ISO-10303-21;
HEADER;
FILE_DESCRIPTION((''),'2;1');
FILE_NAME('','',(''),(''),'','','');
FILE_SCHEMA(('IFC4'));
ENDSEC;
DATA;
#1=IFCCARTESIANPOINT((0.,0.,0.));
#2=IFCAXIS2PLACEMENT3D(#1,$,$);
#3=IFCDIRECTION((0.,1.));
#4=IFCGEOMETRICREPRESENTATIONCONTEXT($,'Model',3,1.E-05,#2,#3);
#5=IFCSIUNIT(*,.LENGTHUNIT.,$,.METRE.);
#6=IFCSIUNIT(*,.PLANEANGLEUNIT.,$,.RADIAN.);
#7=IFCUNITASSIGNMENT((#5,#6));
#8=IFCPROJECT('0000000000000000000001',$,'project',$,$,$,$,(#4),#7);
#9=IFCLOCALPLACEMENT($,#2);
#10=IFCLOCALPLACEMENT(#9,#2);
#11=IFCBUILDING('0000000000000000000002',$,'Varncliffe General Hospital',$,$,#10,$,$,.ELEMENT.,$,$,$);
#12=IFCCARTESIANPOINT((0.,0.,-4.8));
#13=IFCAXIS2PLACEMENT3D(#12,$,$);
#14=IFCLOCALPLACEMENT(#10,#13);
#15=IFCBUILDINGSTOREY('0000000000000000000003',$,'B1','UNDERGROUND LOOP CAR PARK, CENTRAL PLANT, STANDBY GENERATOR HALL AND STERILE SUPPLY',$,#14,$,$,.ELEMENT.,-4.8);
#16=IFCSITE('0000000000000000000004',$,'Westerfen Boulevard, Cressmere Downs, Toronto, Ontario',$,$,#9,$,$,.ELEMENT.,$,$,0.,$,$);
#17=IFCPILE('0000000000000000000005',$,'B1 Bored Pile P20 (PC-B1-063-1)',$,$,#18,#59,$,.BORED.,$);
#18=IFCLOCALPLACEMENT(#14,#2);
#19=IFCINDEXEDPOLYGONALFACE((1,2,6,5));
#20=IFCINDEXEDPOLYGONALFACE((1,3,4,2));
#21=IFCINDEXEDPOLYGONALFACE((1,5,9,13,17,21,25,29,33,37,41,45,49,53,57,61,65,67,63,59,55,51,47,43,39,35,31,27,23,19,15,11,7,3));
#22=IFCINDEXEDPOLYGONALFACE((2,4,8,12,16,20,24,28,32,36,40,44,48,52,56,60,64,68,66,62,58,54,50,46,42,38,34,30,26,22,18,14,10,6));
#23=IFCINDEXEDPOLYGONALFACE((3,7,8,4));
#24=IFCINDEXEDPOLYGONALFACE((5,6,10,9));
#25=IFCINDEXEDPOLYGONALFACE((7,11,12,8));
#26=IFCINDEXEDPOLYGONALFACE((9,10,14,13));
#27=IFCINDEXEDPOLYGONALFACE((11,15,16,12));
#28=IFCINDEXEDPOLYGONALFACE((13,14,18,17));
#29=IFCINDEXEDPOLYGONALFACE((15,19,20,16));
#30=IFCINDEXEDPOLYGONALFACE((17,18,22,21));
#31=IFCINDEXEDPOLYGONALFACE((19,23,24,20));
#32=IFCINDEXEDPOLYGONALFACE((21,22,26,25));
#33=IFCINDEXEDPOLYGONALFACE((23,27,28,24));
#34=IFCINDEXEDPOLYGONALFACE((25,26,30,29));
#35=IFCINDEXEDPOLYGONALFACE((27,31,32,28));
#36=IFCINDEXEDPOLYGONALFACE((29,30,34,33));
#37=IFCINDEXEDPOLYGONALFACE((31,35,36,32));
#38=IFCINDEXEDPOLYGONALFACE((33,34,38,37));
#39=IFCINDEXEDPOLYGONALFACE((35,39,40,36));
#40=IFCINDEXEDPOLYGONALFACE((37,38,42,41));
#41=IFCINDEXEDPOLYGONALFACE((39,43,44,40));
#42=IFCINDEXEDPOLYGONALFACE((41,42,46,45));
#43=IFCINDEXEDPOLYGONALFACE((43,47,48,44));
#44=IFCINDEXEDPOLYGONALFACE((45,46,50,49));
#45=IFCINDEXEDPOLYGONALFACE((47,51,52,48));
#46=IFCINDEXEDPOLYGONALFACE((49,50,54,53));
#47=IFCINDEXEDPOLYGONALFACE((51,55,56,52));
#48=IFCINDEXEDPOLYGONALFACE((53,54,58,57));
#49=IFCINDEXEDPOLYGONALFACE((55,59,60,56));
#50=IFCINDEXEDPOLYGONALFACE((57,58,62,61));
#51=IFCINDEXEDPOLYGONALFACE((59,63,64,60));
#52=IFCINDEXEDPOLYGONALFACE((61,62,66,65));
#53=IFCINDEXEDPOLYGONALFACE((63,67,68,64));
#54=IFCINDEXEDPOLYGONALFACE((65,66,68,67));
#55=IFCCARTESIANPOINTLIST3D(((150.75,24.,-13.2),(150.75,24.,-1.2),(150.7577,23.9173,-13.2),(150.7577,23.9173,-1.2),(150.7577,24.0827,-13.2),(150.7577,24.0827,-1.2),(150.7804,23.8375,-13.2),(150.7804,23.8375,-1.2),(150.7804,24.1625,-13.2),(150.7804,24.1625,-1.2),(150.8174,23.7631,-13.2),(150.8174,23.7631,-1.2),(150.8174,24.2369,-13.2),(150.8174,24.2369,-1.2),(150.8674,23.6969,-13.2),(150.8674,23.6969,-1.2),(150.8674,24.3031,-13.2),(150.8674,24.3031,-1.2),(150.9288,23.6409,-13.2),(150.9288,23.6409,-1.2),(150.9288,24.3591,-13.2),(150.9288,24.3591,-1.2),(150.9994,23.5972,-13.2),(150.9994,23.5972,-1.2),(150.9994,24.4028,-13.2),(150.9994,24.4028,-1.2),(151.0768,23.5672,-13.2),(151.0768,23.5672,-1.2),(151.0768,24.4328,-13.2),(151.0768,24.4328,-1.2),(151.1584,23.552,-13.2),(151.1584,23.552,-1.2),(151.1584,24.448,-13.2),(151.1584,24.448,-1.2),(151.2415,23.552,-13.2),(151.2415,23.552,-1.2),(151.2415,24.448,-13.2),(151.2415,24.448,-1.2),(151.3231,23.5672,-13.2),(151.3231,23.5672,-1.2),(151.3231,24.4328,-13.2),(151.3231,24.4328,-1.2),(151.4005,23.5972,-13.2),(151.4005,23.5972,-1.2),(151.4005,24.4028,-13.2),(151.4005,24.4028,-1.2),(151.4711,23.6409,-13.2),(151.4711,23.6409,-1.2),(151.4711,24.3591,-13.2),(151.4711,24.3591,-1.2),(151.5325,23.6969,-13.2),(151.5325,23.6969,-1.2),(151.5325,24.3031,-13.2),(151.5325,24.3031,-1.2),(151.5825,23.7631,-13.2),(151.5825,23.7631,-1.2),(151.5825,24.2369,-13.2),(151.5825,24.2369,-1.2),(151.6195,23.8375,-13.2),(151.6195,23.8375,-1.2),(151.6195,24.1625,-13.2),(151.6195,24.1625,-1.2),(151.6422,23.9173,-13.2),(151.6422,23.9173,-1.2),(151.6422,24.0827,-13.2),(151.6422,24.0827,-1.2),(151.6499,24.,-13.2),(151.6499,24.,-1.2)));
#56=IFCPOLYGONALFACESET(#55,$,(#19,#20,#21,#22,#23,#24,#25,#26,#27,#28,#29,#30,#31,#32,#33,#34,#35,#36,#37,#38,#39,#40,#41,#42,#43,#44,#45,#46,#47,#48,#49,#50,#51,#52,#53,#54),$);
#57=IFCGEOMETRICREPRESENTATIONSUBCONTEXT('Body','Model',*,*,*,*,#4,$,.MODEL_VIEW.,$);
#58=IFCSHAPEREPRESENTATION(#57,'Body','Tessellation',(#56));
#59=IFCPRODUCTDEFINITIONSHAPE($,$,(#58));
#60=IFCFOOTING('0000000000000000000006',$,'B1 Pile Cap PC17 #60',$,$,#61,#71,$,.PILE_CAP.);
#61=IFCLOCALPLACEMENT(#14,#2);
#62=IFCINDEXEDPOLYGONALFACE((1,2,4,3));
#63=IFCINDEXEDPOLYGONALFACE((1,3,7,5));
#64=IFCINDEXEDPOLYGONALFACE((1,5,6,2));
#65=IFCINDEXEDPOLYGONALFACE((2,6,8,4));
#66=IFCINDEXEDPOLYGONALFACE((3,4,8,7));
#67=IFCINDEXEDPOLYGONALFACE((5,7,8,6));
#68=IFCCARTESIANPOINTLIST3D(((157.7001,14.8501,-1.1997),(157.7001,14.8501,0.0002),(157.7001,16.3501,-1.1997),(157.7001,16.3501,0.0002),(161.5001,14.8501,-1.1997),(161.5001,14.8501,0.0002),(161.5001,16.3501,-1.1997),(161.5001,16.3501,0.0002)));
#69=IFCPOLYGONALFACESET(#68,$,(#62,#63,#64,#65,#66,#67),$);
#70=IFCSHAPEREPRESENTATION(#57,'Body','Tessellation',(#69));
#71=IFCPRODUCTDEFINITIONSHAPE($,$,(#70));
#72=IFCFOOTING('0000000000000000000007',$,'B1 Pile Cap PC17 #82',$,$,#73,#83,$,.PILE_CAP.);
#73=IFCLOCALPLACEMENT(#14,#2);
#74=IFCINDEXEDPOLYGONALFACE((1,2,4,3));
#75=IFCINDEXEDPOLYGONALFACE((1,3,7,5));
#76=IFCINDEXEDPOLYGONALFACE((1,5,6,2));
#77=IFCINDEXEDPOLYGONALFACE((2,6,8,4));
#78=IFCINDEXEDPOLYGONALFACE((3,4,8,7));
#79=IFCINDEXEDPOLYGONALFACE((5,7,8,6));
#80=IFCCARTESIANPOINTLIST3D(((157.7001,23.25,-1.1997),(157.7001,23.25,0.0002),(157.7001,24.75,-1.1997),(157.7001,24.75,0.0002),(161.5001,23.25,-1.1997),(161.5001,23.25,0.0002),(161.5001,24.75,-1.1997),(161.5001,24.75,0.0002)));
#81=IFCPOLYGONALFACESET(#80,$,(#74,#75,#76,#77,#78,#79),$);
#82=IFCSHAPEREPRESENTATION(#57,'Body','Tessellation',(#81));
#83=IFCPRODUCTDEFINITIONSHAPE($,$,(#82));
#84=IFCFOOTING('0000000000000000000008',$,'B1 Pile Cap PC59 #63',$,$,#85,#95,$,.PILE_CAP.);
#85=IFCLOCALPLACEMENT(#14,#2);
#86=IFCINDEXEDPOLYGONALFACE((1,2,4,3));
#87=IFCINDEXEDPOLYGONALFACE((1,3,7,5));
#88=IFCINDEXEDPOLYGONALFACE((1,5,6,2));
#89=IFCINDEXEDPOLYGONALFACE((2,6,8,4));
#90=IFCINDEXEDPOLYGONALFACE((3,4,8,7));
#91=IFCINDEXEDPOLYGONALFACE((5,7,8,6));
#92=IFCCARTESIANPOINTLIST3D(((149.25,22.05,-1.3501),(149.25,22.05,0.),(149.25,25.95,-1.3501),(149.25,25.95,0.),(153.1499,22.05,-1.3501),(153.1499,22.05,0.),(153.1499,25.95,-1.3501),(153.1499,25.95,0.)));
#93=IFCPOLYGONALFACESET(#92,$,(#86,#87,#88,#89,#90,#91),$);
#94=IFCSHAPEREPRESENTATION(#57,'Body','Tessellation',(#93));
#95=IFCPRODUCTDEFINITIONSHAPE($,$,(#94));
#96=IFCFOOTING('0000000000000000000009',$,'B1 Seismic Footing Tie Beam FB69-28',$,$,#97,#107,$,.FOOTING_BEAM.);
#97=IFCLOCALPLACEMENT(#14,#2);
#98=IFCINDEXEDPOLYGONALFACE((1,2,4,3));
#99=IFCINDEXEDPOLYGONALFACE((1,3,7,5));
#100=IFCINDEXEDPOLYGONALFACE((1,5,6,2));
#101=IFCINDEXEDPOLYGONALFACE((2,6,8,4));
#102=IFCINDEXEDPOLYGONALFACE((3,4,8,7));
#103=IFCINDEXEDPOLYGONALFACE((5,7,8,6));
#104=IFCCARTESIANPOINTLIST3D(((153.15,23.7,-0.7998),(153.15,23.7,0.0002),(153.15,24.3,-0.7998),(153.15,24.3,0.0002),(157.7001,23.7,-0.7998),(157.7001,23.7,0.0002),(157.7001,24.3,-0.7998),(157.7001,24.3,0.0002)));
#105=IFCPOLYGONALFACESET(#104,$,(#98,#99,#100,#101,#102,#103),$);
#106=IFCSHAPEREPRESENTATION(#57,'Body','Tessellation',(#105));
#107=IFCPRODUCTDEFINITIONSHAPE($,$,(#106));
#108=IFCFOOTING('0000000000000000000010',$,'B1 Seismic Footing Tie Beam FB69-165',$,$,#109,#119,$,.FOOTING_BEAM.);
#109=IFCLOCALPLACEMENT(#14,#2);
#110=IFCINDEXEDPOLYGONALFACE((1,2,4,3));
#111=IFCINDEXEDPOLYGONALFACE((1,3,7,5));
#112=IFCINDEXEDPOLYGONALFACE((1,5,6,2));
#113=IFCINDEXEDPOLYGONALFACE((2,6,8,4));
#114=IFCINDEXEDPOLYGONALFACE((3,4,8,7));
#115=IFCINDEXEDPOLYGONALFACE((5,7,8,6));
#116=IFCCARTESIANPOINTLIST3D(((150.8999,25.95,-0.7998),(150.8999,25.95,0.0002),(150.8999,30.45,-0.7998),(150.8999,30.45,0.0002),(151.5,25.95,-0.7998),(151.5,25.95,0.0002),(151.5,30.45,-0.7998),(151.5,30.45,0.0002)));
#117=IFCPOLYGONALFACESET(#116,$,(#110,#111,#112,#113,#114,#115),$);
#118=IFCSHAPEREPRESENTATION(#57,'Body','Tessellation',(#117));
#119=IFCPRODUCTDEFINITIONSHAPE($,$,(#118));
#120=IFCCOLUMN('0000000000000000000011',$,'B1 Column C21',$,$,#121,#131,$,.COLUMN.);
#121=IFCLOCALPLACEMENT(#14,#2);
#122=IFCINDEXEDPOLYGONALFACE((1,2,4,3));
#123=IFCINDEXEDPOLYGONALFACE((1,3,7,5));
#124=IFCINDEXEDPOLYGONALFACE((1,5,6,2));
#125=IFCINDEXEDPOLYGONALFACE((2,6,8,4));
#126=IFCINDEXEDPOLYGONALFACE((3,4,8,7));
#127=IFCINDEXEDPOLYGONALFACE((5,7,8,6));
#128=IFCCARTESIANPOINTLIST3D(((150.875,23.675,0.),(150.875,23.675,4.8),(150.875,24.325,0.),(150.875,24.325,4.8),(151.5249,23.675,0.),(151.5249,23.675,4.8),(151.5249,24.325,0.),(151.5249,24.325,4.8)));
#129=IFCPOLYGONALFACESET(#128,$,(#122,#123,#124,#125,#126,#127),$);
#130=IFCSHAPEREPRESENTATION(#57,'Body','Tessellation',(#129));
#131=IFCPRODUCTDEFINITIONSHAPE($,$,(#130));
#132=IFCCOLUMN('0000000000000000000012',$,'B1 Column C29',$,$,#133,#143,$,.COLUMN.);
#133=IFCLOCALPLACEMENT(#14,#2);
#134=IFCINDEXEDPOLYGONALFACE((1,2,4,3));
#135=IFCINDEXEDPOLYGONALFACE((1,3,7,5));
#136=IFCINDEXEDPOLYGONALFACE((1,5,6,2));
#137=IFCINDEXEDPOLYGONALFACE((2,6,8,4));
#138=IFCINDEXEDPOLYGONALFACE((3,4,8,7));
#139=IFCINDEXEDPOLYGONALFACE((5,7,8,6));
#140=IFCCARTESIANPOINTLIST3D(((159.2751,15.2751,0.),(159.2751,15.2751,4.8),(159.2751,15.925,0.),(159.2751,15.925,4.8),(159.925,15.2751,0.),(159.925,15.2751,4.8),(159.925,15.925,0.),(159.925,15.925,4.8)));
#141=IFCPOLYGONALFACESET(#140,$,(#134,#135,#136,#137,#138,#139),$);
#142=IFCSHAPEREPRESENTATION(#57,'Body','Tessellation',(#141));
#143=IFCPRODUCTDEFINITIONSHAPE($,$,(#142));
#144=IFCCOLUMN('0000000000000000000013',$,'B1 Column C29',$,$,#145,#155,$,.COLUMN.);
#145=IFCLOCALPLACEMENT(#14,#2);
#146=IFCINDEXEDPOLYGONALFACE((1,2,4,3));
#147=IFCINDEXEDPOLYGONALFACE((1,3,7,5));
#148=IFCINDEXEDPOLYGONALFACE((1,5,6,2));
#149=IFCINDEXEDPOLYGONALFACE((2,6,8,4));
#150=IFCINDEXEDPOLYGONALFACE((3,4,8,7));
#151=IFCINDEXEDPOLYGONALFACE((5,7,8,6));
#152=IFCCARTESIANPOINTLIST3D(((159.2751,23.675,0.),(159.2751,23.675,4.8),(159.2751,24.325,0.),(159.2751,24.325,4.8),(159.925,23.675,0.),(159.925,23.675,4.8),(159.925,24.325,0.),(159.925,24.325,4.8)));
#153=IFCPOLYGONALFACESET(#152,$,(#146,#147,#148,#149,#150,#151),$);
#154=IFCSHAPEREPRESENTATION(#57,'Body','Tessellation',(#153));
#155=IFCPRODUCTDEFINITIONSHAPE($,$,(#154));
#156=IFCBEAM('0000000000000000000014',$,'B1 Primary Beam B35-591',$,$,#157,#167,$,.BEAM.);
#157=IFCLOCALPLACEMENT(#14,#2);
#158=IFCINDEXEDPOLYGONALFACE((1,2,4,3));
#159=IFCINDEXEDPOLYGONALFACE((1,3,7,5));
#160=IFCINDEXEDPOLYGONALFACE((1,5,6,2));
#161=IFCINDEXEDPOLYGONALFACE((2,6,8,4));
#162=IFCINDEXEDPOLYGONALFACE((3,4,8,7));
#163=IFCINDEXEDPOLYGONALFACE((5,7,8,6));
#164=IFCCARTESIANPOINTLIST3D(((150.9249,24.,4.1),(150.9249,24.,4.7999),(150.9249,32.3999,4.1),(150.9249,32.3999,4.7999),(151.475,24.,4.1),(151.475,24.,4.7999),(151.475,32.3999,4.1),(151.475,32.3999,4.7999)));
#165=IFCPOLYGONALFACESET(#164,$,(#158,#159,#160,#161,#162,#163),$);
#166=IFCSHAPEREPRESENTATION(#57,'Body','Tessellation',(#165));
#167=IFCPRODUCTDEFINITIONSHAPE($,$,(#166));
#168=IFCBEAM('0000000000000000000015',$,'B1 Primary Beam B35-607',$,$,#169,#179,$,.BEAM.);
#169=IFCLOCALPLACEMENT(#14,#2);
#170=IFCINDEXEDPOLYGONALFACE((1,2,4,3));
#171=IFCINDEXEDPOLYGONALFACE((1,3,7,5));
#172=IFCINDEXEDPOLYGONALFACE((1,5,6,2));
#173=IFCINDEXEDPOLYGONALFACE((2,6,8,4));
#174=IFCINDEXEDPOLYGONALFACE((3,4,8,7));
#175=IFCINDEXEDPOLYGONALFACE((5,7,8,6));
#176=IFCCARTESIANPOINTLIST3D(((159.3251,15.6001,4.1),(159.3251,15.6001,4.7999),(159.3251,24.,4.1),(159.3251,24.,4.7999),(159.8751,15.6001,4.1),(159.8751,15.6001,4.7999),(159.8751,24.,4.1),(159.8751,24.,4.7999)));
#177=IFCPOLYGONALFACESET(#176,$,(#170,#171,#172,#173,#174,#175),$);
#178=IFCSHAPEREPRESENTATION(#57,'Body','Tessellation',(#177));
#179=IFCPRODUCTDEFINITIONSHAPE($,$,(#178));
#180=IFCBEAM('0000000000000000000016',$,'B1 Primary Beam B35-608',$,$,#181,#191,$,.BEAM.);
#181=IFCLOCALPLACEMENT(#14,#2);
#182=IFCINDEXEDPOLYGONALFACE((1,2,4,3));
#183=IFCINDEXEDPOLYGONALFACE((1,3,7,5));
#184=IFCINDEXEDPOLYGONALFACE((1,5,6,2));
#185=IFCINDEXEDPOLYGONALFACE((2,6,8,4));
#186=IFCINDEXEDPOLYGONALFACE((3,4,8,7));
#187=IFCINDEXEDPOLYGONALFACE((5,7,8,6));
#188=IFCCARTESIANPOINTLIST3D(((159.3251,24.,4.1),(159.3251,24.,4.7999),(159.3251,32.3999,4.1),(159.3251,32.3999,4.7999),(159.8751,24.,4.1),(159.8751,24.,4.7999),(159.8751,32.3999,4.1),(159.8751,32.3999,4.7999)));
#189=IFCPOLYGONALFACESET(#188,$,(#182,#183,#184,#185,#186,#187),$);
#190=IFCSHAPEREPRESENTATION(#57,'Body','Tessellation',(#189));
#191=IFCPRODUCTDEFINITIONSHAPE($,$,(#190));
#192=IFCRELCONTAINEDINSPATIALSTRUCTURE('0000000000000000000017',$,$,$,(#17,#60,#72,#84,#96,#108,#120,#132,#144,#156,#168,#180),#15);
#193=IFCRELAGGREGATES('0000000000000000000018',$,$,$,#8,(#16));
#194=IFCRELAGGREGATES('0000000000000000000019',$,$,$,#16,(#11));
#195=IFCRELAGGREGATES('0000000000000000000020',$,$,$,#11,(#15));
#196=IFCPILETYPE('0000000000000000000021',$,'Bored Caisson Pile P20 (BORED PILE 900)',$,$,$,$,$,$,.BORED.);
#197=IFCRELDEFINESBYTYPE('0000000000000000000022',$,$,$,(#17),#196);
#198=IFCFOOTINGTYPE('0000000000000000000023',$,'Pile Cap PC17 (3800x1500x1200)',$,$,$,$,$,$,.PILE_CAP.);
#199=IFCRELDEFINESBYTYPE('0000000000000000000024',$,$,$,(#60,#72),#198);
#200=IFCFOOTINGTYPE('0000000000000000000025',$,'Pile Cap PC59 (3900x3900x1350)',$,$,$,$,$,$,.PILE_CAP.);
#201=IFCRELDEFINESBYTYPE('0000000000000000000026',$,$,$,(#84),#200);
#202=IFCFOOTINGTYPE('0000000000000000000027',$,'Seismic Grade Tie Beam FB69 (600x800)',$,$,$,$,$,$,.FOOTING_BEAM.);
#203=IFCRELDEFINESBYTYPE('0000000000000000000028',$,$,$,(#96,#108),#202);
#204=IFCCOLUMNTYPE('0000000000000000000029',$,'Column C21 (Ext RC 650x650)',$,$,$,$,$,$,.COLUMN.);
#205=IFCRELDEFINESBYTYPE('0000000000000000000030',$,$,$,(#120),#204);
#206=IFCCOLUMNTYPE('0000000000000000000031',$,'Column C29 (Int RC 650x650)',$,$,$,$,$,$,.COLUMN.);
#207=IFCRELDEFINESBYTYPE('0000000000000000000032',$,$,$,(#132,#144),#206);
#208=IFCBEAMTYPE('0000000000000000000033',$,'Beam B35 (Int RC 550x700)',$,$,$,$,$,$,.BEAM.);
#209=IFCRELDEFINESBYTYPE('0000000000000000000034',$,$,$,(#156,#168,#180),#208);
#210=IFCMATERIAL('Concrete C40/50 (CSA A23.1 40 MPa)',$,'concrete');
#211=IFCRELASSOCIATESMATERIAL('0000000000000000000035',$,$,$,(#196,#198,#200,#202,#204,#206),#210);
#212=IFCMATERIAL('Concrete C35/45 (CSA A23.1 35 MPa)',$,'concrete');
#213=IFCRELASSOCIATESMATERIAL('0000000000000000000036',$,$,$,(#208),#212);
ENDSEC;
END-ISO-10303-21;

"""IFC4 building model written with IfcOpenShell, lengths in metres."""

from ifc_helpers import new_model, si_unit, direction, frame, origin, origin_2d, place, context, subcontext, project, spatial, rectangle, circle, extrude, material, material_profile, profile_set, type_object, element, save


model = new_model("IFC4")

# Units and contexts
model_context = context("Model", 3, precision=1e-05, world=origin(), true_north=direction((0.0, 1.0)))
body_context = subcontext(model_context, "Body", "Model", "MODEL_VIEW")
ifc_project = project(units=[si_unit("LENGTHUNIT", "METRE"), si_unit("PLANEANGLEUNIT", "RADIAN")], contexts=[model_context])

# Site, building, storey
site_placement = place(None, origin())
site = spatial("IfcSite", under=ifc_project, at=site_placement, Name="Westerfen Boulevard, Cressmere Downs, Toronto, Ontario", CompositionType="ELEMENT", RefElevation=0.0)
building_placement = place(site_placement, origin())
building = spatial("IfcBuilding", under=site, at=building_placement, Name="Varncliffe General Hospital", CompositionType="ELEMENT")
storey_placement = place(building_placement, frame((0.0, 0.0, -4.8)))
storey = spatial("IfcBuildingStorey", under=building, at=storey_placement, Name="B1", Description="UNDERGROUND LOOP CAR PARK, CENTRAL PLANT, STANDBY GENERATOR HALL AND STERILE SUPPLY", CompositionType="ELEMENT", Elevation=-4.8)

# Pile
ifc_material_1 = material(Name="Concrete C40/50 (CSA A23.1 40 MPa)", Category="concrete")
ifc_material_profile_1 = material_profile(ifc_material_1, circle(Radius=0.45, at=origin_2d()), Name="BORED PILE 900")
ifc_profile_set_1 = profile_set([ifc_material_profile_1], Name="Concrete C40/50 (CSA A23.1 40 MPa)")
pile_type_1 = type_object("IfcPileType", Name="Bored Caisson Pile P20 (BORED PILE 900)", PredefinedType="BORED", material=ifc_profile_set_1)
pile_placement = place(storey_placement, frame((151.2, 24.0, -1.2), z_axis=(0.0, 0.0, -1.0), x_axis=(1.0, 0.0, 0.0)))
element("IfcPile", 1, at=pile_placement, inside=storey, type_object=pile_type_1, Name="B1 Bored Pile P20 (PC-B1-063-1)", PredefinedType="BORED", context=body_context, shape_type="SweptSolid", body=[
    extrude(circle(Radius=0.45, at=origin_2d()), origin(), (0.0, 0.0, 1.0), 12.0),
])

# Footings
footing_type_1 = type_object("IfcFootingType", Name="Pile Cap PC17 (3800x1500x1200)", PredefinedType="PILE_CAP", material=ifc_material_1)
for number, where, z_axis, x_axis, name in (
    (2, (159.6001, 15.6001, -1.1997), (0.0, 0.0, 1.0), (1.0, 0.0, 0.0), "B1 Pile Cap PC17 #60"),
    (3, (159.6001, 24.0, -1.1997), (0.0, 0.0, 1.0), (1.0, 0.0, 0.0), "B1 Pile Cap PC17 #82"),
):
    element("IfcFooting", number, at=place(storey_placement, frame(where, z_axis=z_axis, x_axis=x_axis)), inside=storey, type_object=footing_type_1, Name=name, PredefinedType="PILE_CAP", context=body_context, shape_type="SweptSolid", body=[
        extrude(rectangle(XDim=3.8, YDim=1.5, at=origin_2d()), origin(), (0.0, 0.0, 1.0), 1.2),
    ])
footing_type_2 = type_object("IfcFootingType", Name="Pile Cap PC59 (3900x3900x1350)", PredefinedType="PILE_CAP", material=ifc_material_1)
footing_1_placement = place(storey_placement, frame((151.2, 24.0, -1.3501), z_axis=(0.0, 0.0, 1.0), x_axis=(1.0, 0.0, 0.0)))
element("IfcFooting", 4, at=footing_1_placement, inside=storey, type_object=footing_type_2, Name="B1 Pile Cap PC59 #63", PredefinedType="PILE_CAP", context=body_context, shape_type="SweptSolid", body=[
    extrude(rectangle(XDim=3.8999, YDim=3.8999, at=origin_2d()), origin(), (0.0, 0.0, 1.0), 1.3501),
])
footing_type_3 = type_object("IfcFootingType", Name="Seismic Grade Tie Beam FB69 (600x800)", PredefinedType="FOOTING_BEAM", material=ifc_material_1)
footing_2_placement = place(storey_placement, frame((155.425, 24.0, -0.7998), z_axis=(0.0, 0.0, 1.0), x_axis=(1.0, 0.0, 0.0)))
element("IfcFooting", 5, at=footing_2_placement, inside=storey, type_object=footing_type_3, Name="B1 Seismic Footing Tie Beam FB69-28", PredefinedType="FOOTING_BEAM", context=body_context, shape_type="SweptSolid", body=[
    extrude(rectangle(XDim=4.55, YDim=0.6001, at=origin_2d()), origin(), (0.0, 0.0, 1.0), 0.8),
])
footing_3_placement = place(storey_placement, frame((151.2, 28.2, -0.7998), z_axis=(0.0, 0.0, 1.0), x_axis=(1.0, 0.0, 0.0)))
element("IfcFooting", 6, at=footing_3_placement, inside=storey, type_object=footing_type_3, Name="B1 Seismic Footing Tie Beam FB69-165", PredefinedType="FOOTING_BEAM", context=body_context, shape_type="SweptSolid", body=[
    extrude(rectangle(XDim=0.6001, YDim=4.5, at=origin_2d()), origin(), (0.0, 0.0, 1.0), 0.8),
])

# Columns
ifc_material_profile_2 = material_profile(ifc_material_1, rectangle(XDim=0.6499, YDim=0.6499, at=origin_2d()), Name="RC 650x650")
ifc_profile_set_2 = profile_set([ifc_material_profile_2], Name="Concrete C40/50 (CSA A23.1 40 MPa)")
column_type_1 = type_object("IfcColumnType", Name="Column C21 (Ext RC 650x650)", PredefinedType="COLUMN", material=ifc_profile_set_2)
column_placement = place(storey_placement, frame((151.2, 24.0, 0.0), z_axis=(0.0, 0.0, 1.0), x_axis=(1.0, 0.0, 0.0)))
element("IfcColumn", 7, at=column_placement, inside=storey, type_object=column_type_1, Name="B1 Column C21", PredefinedType="COLUMN", context=body_context, shape_type="SweptSolid", body=[
    extrude(rectangle(XDim=0.6499, YDim=0.6499, at=origin_2d()), origin(), (0.0, 0.0, 1.0), 4.8),
])
ifc_material_profile_3 = material_profile(ifc_material_1, rectangle(XDim=0.6499, YDim=0.6499, at=origin_2d()), Name="RC 650x650")
ifc_profile_set_3 = profile_set([ifc_material_profile_3], Name="Concrete C40/50 (CSA A23.1 40 MPa)")
column_type_2 = type_object("IfcColumnType", Name="Column C29 (Int RC 650x650)", PredefinedType="COLUMN", material=ifc_profile_set_3)
for number, where, z_axis, x_axis, name in (
    (8, (159.6001, 15.6001, 0.0), (0.0, 0.0, 1.0), (1.0, 0.0, 0.0), "B1 Column C29"),
    (9, (159.6001, 24.0, 0.0), (0.0, 0.0, 1.0), (1.0, 0.0, 0.0), "B1 Column C29"),
):
    element("IfcColumn", number, at=place(storey_placement, frame(where, z_axis=z_axis, x_axis=x_axis)), inside=storey, type_object=column_type_2, Name=name, PredefinedType="COLUMN", context=body_context, shape_type="SweptSolid", body=[
        extrude(rectangle(XDim=0.6499, YDim=0.6499, at=origin_2d()), origin(), (0.0, 0.0, 1.0), 4.8),
    ])

# Beams
ifc_material_2 = material(Name="Concrete C35/45 (CSA A23.1 35 MPa)", Category="concrete")
ifc_material_profile_4 = material_profile(ifc_material_2, rectangle(XDim=0.55, YDim=0.7, at=origin_2d()), Name="RC 550x700")
ifc_profile_set_4 = profile_set([ifc_material_profile_4], Name="Concrete C35/45 (CSA A23.1 35 MPa)")
beam_type_1 = type_object("IfcBeamType", Name="Beam B35 (Int RC 550x700)", PredefinedType="BEAM", material=ifc_profile_set_4)
for number, where, z_axis, x_axis, name in (
    (10, (151.2, 24.0, 4.45), (0.0, 1.0, 0.0), (-1.0, 0.0, 0.0), "B1 Primary Beam B35-591"),
    (11, (159.6001, 15.6001, 4.45), (0.0, 1.0, 0.0), (-1.0, 0.0, 0.0), "B1 Primary Beam B35-607"),
    (12, (159.6001, 24.0, 4.45), (0.0, 1.0, 0.0), (-1.0, 0.0, 0.0), "B1 Primary Beam B35-608"),
):
    element("IfcBeam", number, at=place(storey_placement, frame(where, z_axis=z_axis, x_axis=x_axis)), inside=storey, type_object=beam_type_1, Name=name, PredefinedType="BEAM", context=body_context, shape_type="SweptSolid", body=[
        extrude(rectangle(XDim=0.55, YDim=0.7, at=origin_2d()), origin(), (0.0, 0.0, 1.0), 8.3999),
    ])

save(model, "model.ifc")
